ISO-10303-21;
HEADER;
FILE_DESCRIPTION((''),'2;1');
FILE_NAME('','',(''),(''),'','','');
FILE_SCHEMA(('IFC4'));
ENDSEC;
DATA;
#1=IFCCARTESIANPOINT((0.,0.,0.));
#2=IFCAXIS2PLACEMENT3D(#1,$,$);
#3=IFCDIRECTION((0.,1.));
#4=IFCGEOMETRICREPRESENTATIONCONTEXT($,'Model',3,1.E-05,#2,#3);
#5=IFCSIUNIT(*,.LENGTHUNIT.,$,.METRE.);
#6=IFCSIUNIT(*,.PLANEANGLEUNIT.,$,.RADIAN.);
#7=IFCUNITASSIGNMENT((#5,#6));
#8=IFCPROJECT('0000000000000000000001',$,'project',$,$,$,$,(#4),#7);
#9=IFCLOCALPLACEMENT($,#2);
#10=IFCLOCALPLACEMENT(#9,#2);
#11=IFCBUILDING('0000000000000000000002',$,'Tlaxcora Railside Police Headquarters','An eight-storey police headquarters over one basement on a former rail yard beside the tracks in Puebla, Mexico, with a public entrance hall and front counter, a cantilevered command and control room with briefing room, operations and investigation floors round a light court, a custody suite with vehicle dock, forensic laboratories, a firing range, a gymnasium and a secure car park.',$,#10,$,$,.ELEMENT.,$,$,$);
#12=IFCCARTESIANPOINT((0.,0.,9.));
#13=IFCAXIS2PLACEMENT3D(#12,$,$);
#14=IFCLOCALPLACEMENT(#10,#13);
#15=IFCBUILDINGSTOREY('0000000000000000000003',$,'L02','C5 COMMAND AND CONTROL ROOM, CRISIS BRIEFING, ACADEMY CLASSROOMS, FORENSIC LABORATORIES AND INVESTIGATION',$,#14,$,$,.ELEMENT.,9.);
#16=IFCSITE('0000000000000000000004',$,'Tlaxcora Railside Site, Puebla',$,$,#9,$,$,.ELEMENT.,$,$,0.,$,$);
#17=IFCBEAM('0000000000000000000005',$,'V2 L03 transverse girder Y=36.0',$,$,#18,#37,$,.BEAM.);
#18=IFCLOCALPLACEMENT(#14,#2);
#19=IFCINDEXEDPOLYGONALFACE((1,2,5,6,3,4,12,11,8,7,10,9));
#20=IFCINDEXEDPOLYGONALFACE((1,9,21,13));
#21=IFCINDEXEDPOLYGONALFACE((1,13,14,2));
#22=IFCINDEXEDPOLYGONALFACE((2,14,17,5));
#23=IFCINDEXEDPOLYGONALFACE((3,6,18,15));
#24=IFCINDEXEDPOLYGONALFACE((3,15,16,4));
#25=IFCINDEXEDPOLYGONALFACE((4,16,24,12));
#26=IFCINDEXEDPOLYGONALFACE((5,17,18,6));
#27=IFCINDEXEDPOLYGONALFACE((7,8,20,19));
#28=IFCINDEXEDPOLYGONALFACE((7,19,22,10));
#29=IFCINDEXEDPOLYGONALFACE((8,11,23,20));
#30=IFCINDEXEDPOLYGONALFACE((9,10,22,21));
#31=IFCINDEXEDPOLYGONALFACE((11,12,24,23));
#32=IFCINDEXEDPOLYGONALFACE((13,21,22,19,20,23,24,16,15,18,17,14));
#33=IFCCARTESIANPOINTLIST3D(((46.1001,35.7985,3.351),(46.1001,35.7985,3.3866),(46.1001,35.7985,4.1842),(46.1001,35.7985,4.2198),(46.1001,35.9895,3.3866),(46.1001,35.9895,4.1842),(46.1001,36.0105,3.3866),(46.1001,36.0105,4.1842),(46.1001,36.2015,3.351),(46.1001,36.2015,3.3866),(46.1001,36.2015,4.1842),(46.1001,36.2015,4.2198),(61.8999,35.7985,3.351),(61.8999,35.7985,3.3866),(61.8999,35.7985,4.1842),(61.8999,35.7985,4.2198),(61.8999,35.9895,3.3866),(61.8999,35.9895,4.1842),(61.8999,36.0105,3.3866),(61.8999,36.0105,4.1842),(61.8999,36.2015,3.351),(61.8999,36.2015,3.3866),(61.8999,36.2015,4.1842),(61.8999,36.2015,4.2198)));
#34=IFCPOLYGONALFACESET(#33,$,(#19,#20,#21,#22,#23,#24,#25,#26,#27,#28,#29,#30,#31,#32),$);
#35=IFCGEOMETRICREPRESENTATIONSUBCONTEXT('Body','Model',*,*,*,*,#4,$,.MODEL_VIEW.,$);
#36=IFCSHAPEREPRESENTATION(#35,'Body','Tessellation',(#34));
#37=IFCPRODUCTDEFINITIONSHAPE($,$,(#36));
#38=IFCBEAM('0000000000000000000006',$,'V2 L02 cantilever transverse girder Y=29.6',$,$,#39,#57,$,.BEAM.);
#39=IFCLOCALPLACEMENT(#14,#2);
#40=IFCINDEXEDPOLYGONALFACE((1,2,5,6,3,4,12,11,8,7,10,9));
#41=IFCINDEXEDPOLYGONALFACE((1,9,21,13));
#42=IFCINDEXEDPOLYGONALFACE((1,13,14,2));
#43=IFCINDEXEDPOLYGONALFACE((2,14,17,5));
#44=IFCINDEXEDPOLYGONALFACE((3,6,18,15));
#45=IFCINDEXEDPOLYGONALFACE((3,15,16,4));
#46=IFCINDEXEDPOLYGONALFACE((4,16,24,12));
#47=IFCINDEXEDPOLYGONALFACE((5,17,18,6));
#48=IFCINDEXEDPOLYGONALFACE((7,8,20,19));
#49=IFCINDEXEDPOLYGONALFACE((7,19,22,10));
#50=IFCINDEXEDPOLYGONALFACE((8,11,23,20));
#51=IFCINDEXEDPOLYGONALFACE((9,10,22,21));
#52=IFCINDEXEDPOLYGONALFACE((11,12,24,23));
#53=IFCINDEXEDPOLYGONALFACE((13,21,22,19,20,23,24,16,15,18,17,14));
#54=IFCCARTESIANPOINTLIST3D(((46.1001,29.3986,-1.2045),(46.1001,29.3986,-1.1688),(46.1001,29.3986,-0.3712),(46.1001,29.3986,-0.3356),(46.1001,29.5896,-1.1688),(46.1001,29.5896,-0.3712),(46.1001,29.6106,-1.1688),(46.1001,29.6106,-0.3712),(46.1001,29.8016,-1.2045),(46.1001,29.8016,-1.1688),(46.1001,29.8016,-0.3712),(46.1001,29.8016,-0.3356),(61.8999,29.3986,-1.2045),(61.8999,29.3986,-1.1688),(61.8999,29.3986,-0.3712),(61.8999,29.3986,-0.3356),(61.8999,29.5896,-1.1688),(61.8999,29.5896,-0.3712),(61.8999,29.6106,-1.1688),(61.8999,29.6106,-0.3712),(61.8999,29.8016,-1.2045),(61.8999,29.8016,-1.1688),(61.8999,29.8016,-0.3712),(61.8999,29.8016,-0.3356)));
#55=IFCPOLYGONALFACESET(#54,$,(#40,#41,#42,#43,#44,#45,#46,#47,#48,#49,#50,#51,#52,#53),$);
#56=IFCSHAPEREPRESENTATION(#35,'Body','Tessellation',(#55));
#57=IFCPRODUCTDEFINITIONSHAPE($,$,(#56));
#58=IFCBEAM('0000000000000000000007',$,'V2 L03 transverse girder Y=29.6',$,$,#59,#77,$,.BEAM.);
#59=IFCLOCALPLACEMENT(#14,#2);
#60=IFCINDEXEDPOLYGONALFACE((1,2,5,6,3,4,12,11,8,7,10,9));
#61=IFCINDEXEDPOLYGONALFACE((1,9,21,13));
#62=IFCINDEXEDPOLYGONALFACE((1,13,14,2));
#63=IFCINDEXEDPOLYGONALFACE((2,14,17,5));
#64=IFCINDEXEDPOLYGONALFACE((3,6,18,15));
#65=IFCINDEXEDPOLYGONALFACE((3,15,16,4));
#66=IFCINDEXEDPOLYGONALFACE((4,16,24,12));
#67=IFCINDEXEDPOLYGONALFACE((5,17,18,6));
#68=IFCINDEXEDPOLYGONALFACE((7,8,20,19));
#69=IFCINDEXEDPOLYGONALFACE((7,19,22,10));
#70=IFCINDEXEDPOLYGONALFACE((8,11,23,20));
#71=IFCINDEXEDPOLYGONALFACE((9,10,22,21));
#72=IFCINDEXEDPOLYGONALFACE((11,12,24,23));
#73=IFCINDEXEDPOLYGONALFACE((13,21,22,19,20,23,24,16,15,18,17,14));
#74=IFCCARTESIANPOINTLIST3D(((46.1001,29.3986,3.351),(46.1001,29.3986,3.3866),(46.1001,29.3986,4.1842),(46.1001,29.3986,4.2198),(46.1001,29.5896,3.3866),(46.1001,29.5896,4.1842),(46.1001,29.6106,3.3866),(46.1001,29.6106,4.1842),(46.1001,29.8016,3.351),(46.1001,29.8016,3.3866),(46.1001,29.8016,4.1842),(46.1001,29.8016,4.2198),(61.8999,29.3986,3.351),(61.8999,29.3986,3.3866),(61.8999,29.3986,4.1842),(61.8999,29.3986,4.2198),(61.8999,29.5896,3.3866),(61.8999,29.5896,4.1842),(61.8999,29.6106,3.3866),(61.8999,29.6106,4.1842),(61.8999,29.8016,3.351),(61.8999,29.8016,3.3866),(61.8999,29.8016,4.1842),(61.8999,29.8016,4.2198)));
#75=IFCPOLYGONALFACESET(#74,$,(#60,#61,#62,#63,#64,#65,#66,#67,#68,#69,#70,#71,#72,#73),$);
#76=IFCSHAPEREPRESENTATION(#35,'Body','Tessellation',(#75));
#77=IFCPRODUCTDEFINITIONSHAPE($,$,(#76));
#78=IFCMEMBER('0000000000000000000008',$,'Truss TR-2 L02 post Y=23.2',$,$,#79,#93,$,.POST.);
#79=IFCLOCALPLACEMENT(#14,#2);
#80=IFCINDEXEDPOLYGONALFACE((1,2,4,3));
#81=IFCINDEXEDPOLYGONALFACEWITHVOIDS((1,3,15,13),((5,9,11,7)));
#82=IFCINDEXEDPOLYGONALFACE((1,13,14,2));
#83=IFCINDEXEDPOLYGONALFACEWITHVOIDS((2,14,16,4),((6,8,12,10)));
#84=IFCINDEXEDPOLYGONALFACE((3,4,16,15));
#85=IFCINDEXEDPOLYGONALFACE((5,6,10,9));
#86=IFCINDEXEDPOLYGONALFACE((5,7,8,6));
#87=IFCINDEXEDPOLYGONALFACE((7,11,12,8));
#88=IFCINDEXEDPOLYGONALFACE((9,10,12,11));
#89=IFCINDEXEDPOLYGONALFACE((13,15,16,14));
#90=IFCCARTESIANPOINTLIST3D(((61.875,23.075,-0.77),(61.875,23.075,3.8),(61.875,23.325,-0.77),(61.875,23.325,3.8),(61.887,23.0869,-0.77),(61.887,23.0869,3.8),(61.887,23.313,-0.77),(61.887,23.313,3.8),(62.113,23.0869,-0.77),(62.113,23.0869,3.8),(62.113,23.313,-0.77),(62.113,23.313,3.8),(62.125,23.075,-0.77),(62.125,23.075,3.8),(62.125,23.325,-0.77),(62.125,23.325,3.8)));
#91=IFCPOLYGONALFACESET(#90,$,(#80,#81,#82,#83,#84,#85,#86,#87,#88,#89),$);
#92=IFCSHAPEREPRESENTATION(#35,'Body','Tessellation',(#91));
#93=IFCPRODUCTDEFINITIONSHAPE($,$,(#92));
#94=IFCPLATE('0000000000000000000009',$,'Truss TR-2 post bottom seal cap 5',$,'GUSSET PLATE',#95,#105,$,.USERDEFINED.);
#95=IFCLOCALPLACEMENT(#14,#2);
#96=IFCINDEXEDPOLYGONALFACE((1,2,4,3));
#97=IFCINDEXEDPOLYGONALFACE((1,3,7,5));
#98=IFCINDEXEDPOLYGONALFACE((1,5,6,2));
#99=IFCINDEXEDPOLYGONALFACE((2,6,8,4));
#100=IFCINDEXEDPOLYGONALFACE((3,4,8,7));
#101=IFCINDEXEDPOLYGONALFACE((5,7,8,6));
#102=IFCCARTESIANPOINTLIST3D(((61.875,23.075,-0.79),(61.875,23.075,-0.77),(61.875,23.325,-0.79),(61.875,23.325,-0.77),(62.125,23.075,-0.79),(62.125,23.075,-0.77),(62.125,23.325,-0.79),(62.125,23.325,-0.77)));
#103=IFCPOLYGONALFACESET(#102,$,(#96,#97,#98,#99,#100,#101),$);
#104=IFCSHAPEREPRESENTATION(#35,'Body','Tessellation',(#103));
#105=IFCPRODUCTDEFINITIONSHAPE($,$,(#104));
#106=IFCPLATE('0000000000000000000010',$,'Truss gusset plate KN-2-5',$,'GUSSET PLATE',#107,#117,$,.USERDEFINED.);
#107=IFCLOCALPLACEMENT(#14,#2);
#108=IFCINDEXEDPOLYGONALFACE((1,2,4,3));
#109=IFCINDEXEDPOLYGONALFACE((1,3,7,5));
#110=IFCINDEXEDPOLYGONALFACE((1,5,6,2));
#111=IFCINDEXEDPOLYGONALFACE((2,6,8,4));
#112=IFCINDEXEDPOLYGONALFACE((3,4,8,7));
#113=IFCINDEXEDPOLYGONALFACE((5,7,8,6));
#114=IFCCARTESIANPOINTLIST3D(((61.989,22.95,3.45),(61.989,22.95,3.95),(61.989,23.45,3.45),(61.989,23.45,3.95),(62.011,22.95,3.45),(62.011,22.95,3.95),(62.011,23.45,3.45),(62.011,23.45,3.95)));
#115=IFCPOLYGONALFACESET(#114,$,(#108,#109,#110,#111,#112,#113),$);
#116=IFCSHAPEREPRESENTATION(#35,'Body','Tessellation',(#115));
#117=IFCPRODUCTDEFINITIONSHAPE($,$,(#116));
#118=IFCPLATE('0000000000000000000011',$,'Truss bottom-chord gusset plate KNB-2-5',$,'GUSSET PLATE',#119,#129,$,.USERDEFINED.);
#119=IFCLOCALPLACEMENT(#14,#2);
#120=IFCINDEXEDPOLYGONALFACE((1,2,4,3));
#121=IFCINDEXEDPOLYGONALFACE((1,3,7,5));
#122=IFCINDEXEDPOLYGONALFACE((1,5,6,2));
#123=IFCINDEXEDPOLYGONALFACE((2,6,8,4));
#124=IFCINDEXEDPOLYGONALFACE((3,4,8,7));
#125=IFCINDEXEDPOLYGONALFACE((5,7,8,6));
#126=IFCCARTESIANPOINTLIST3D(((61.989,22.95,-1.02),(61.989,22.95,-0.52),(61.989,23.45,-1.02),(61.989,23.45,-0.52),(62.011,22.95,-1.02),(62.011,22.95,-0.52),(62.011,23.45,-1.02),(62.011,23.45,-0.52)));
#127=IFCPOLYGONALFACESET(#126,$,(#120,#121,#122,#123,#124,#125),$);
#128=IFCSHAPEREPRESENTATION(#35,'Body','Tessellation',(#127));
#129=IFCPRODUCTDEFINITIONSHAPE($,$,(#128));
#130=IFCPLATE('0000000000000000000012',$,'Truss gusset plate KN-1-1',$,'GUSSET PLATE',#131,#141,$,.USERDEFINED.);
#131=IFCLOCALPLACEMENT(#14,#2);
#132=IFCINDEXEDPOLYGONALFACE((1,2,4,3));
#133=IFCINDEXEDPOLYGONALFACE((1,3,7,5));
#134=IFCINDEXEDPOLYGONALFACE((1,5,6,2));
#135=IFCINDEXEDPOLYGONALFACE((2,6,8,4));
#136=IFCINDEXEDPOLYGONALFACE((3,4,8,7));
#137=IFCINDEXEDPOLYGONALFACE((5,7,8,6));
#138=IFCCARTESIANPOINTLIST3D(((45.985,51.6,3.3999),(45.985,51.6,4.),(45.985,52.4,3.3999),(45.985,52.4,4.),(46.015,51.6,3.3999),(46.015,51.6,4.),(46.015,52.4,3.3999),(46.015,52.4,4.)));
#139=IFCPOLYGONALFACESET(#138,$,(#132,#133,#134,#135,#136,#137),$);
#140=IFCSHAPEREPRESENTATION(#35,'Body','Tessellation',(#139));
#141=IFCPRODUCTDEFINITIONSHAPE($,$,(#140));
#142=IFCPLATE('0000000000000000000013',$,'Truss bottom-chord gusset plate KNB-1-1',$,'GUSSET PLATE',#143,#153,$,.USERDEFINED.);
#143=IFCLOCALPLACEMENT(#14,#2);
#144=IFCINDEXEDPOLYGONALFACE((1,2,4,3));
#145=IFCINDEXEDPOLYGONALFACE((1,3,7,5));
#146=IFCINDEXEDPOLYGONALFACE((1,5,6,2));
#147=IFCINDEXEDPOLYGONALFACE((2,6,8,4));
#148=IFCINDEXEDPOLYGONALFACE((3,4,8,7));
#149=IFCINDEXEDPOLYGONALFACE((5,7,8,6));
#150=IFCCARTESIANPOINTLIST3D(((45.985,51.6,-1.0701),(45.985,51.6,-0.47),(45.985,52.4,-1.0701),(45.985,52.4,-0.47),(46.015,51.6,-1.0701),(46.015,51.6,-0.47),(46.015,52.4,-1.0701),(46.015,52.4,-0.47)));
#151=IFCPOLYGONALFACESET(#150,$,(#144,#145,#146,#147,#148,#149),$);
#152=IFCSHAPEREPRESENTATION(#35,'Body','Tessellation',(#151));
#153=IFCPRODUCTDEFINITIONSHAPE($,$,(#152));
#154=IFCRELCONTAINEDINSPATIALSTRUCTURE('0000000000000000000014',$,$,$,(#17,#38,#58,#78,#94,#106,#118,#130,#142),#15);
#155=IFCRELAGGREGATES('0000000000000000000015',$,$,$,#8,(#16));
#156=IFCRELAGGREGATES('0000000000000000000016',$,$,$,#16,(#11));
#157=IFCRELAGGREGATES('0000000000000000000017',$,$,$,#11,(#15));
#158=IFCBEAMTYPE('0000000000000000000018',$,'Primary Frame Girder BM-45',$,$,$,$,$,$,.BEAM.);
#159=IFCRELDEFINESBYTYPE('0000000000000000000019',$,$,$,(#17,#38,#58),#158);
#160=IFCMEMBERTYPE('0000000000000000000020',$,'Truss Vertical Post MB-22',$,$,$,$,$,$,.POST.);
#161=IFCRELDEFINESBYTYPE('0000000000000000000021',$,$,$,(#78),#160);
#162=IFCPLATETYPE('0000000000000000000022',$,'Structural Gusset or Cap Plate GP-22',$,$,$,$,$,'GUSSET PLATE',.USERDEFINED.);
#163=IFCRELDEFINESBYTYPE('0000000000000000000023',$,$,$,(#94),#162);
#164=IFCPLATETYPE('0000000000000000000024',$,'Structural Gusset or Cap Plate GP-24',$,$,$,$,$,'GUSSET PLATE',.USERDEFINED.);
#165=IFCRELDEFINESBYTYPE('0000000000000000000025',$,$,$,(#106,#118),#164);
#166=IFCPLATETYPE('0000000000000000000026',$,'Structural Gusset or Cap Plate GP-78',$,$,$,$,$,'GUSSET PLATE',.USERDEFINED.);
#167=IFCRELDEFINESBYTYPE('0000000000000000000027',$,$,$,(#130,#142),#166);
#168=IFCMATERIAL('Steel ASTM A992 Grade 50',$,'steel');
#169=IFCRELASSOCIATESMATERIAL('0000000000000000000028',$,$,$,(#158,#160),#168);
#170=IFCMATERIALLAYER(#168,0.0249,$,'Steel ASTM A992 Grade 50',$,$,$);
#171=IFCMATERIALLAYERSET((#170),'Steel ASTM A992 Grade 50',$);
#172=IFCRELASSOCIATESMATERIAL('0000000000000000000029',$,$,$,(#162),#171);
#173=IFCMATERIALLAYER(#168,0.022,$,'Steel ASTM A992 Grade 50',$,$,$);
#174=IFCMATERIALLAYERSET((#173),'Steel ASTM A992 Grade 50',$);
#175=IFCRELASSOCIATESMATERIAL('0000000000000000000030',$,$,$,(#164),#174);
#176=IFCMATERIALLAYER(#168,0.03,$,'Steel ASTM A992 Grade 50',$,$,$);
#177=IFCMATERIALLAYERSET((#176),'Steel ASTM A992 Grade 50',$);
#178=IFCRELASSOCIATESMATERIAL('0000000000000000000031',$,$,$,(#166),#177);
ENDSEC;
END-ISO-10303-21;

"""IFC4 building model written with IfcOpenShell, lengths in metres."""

from ifc_helpers import new_model, si_unit, direction, frame, origin, origin_2d, place, context, subcontext, project, spatial, rectangle, hollow_rectangle, i_section, extrude, material, layer, layer_set, material_profile, profile_set, type_object, element, save


model = new_model("IFC4")

# Units and contexts
model_context = context("Model", 3, precision=1e-05, world=origin(), true_north=direction((0.0, 1.0)))
body_context = subcontext(model_context, "Body", "Model", "MODEL_VIEW")
ifc_project = project(units=[si_unit("LENGTHUNIT", "METRE"), si_unit("PLANEANGLEUNIT", "RADIAN")], contexts=[model_context])

# Site, building, storey
site_placement = place(None, origin())
site = spatial("IfcSite", under=ifc_project, at=site_placement, Name="Tlaxcora Railside Site, Puebla", CompositionType="ELEMENT", RefElevation=0.0)
building_placement = place(site_placement, origin())
building = spatial("IfcBuilding", under=site, at=building_placement, Name="Tlaxcora Railside Police Headquarters", Description="An eight-storey police headquarters over one basement on a former rail yard beside the tracks in Puebla, Mexico, with a public entrance hall and front counter, a cantilevered command and control room with briefing room, operations and investigation floors round a light court, a custody suite with vehicle dock, forensic laboratories, a firing range, a gymnasium and a secure car park.", CompositionType="ELEMENT")
storey_placement = place(building_placement, frame((0.0, 0.0, 9.0)))
storey = spatial("IfcBuildingStorey", under=building, at=storey_placement, Name="L02", Description="C5 COMMAND AND CONTROL ROOM, CRISIS BRIEFING, ACADEMY CLASSROOMS, FORENSIC LABORATORIES AND INVESTIGATION", CompositionType="ELEMENT", Elevation=9.0)

# Shared definitions
ifc_material_1 = material(Name="Steel ASTM A992 Grade 50", Category="steel")

# Beams
ifc_material_profile_1 = material_profile(ifc_material_1, i_section(OverallWidth=0.4031, OverallDepth=0.8689, WebThickness=0.021, FlangeThickness=0.0356, at=origin_2d()), Name="W33X241")
ifc_profile_set_1 = profile_set([ifc_material_profile_1], Name="Steel ASTM A992 Grade 50")
beam_type_1 = type_object("IfcBeamType", Name="Primary Frame Girder BM-45", PredefinedType="BEAM", material=ifc_profile_set_1)
for number, where, z_axis, x_axis, name in (
    (1, (46.1001, 36.0, 3.7854), (1.0, 0.0, 0.0), (0.0, 1.0, 0.0), "V2 L03 transverse girder Y=36.0"),
    (2, (46.1001, 29.6001, -0.77), (1.0, 0.0, 0.0), (0.0, 1.0, 0.0), "V2 L02 cantilever transverse girder Y=29.6"),
    (3, (46.1001, 29.6001, 3.7854), (1.0, 0.0, 0.0), (0.0, 1.0, 0.0), "V2 L03 transverse girder Y=29.6"),
):
    element("IfcBeam", number, at=place(storey_placement, frame(where, z_axis=z_axis, x_axis=x_axis)), inside=storey, type_object=beam_type_1, Name=name, PredefinedType="BEAM", context=body_context, shape_type="SweptSolid", body=[
        extrude(i_section(OverallWidth=0.4031, OverallDepth=0.8689, WebThickness=0.021, FlangeThickness=0.0356, at=origin_2d()), origin(), (0.0, 0.0, 1.0), 15.7998),
    ])

# Member
ifc_material_profile_2 = material_profile(ifc_material_1, hollow_rectangle(XDim=0.25, YDim=0.25, WallThickness=0.012, at=origin_2d()), Name="HSS250X250X12")
ifc_profile_set_2 = profile_set([ifc_material_profile_2], Name="Steel ASTM A992 Grade 50")
member_type_1 = type_object("IfcMemberType", Name="Truss Vertical Post MB-22", PredefinedType="POST", material=ifc_profile_set_2)
member_1_placement = place(storey_placement, frame((62.0, 23.2, -0.77), z_axis=(0.0, 0.0, 1.0), x_axis=(1.0, 0.0, 0.0)))
element("IfcMember", 4, at=member_1_placement, inside=storey, type_object=member_type_1, Name="Truss TR-2 L02 post Y=23.2", PredefinedType="POST", context=body_context, shape_type="SweptSolid", body=[
    extrude(hollow_rectangle(XDim=0.25, YDim=0.25, WallThickness=0.012, at=origin_2d()), origin(), (0.0, 0.0, 1.0), 4.5701),
])

# Plates
ifc_layer_1 = layer(ifc_material_1, 0.0249, Name="Steel ASTM A992 Grade 50")
ifc_layer_set_1 = layer_set([ifc_layer_1], Name="Steel ASTM A992 Grade 50")
plate_type_1 = type_object("IfcPlateType", Name="Structural Gusset or Cap Plate GP-22", ElementType="GUSSET PLATE", PredefinedType="USERDEFINED", material=ifc_layer_set_1)
plate_placement = place(storey_placement, frame((62.0, 23.2, -0.79), z_axis=(0.0, 0.0, 1.0), x_axis=(1.0, 0.0, 0.0)))
element("IfcPlate", 5, at=plate_placement, inside=storey, type_object=plate_type_1, Name="Truss TR-2 post bottom seal cap 5", ObjectType="GUSSET PLATE", PredefinedType="USERDEFINED", context=body_context, shape_type="SweptSolid", body=[
    extrude(rectangle(XDim=0.25, YDim=0.25, at=origin_2d()), origin(), (0.0, 0.0, 1.0), 0.02),
])
ifc_layer_2 = layer(ifc_material_1, 0.022, Name="Steel ASTM A992 Grade 50")
ifc_layer_set_2 = layer_set([ifc_layer_2], Name="Steel ASTM A992 Grade 50")
plate_type_2 = type_object("IfcPlateType", Name="Structural Gusset or Cap Plate GP-24", ElementType="GUSSET PLATE", PredefinedType="USERDEFINED", material=ifc_layer_set_2)
for number, where, z_axis, x_axis, name in (
    (6, (62.0, 23.2, 3.45), (0.0, 0.0, 1.0), (0.0, 1.0, 0.0), "Truss gusset plate KN-2-5"),
    (7, (62.0, 23.2, -1.02), (0.0, 0.0, 1.0), (0.0, 1.0, 0.0), "Truss bottom-chord gusset plate KNB-2-5"),
):
    element("IfcPlate", number, at=place(storey_placement, frame(where, z_axis=z_axis, x_axis=x_axis)), inside=storey, type_object=plate_type_2, Name=name, ObjectType="GUSSET PLATE", PredefinedType="USERDEFINED", context=body_context, shape_type="SweptSolid", body=[
        extrude(rectangle(XDim=0.5, YDim=0.022, at=origin_2d()), origin(), (0.0, 0.0, 1.0), 0.5),
    ])
ifc_layer_3 = layer(ifc_material_1, 0.03, Name="Steel ASTM A992 Grade 50")
ifc_layer_set_3 = layer_set([ifc_layer_3], Name="Steel ASTM A992 Grade 50")
plate_type_3 = type_object("IfcPlateType", Name="Structural Gusset or Cap Plate GP-78", ElementType="GUSSET PLATE", PredefinedType="USERDEFINED", material=ifc_layer_set_3)
for number, where, z_axis, x_axis, name in (
    (8, (46.0, 52.0, 3.3999), (0.0, 0.0, 1.0), (0.0, 1.0, 0.0), "Truss gusset plate KN-1-1"),
    (9, (46.0, 52.0, -1.0701), (0.0, 0.0, 1.0), (0.0, 1.0, 0.0), "Truss bottom-chord gusset plate KNB-1-1"),
):
    element("IfcPlate", number, at=place(storey_placement, frame(where, z_axis=z_axis, x_axis=x_axis)), inside=storey, type_object=plate_type_3, Name=name, ObjectType="GUSSET PLATE", PredefinedType="USERDEFINED", context=body_context, shape_type="SweptSolid", body=[
        extrude(rectangle(XDim=0.8, YDim=0.03, at=origin_2d()), origin(), (0.0, 0.0, 1.0), 0.6001),
    ])

save(model, "model.ifc")
